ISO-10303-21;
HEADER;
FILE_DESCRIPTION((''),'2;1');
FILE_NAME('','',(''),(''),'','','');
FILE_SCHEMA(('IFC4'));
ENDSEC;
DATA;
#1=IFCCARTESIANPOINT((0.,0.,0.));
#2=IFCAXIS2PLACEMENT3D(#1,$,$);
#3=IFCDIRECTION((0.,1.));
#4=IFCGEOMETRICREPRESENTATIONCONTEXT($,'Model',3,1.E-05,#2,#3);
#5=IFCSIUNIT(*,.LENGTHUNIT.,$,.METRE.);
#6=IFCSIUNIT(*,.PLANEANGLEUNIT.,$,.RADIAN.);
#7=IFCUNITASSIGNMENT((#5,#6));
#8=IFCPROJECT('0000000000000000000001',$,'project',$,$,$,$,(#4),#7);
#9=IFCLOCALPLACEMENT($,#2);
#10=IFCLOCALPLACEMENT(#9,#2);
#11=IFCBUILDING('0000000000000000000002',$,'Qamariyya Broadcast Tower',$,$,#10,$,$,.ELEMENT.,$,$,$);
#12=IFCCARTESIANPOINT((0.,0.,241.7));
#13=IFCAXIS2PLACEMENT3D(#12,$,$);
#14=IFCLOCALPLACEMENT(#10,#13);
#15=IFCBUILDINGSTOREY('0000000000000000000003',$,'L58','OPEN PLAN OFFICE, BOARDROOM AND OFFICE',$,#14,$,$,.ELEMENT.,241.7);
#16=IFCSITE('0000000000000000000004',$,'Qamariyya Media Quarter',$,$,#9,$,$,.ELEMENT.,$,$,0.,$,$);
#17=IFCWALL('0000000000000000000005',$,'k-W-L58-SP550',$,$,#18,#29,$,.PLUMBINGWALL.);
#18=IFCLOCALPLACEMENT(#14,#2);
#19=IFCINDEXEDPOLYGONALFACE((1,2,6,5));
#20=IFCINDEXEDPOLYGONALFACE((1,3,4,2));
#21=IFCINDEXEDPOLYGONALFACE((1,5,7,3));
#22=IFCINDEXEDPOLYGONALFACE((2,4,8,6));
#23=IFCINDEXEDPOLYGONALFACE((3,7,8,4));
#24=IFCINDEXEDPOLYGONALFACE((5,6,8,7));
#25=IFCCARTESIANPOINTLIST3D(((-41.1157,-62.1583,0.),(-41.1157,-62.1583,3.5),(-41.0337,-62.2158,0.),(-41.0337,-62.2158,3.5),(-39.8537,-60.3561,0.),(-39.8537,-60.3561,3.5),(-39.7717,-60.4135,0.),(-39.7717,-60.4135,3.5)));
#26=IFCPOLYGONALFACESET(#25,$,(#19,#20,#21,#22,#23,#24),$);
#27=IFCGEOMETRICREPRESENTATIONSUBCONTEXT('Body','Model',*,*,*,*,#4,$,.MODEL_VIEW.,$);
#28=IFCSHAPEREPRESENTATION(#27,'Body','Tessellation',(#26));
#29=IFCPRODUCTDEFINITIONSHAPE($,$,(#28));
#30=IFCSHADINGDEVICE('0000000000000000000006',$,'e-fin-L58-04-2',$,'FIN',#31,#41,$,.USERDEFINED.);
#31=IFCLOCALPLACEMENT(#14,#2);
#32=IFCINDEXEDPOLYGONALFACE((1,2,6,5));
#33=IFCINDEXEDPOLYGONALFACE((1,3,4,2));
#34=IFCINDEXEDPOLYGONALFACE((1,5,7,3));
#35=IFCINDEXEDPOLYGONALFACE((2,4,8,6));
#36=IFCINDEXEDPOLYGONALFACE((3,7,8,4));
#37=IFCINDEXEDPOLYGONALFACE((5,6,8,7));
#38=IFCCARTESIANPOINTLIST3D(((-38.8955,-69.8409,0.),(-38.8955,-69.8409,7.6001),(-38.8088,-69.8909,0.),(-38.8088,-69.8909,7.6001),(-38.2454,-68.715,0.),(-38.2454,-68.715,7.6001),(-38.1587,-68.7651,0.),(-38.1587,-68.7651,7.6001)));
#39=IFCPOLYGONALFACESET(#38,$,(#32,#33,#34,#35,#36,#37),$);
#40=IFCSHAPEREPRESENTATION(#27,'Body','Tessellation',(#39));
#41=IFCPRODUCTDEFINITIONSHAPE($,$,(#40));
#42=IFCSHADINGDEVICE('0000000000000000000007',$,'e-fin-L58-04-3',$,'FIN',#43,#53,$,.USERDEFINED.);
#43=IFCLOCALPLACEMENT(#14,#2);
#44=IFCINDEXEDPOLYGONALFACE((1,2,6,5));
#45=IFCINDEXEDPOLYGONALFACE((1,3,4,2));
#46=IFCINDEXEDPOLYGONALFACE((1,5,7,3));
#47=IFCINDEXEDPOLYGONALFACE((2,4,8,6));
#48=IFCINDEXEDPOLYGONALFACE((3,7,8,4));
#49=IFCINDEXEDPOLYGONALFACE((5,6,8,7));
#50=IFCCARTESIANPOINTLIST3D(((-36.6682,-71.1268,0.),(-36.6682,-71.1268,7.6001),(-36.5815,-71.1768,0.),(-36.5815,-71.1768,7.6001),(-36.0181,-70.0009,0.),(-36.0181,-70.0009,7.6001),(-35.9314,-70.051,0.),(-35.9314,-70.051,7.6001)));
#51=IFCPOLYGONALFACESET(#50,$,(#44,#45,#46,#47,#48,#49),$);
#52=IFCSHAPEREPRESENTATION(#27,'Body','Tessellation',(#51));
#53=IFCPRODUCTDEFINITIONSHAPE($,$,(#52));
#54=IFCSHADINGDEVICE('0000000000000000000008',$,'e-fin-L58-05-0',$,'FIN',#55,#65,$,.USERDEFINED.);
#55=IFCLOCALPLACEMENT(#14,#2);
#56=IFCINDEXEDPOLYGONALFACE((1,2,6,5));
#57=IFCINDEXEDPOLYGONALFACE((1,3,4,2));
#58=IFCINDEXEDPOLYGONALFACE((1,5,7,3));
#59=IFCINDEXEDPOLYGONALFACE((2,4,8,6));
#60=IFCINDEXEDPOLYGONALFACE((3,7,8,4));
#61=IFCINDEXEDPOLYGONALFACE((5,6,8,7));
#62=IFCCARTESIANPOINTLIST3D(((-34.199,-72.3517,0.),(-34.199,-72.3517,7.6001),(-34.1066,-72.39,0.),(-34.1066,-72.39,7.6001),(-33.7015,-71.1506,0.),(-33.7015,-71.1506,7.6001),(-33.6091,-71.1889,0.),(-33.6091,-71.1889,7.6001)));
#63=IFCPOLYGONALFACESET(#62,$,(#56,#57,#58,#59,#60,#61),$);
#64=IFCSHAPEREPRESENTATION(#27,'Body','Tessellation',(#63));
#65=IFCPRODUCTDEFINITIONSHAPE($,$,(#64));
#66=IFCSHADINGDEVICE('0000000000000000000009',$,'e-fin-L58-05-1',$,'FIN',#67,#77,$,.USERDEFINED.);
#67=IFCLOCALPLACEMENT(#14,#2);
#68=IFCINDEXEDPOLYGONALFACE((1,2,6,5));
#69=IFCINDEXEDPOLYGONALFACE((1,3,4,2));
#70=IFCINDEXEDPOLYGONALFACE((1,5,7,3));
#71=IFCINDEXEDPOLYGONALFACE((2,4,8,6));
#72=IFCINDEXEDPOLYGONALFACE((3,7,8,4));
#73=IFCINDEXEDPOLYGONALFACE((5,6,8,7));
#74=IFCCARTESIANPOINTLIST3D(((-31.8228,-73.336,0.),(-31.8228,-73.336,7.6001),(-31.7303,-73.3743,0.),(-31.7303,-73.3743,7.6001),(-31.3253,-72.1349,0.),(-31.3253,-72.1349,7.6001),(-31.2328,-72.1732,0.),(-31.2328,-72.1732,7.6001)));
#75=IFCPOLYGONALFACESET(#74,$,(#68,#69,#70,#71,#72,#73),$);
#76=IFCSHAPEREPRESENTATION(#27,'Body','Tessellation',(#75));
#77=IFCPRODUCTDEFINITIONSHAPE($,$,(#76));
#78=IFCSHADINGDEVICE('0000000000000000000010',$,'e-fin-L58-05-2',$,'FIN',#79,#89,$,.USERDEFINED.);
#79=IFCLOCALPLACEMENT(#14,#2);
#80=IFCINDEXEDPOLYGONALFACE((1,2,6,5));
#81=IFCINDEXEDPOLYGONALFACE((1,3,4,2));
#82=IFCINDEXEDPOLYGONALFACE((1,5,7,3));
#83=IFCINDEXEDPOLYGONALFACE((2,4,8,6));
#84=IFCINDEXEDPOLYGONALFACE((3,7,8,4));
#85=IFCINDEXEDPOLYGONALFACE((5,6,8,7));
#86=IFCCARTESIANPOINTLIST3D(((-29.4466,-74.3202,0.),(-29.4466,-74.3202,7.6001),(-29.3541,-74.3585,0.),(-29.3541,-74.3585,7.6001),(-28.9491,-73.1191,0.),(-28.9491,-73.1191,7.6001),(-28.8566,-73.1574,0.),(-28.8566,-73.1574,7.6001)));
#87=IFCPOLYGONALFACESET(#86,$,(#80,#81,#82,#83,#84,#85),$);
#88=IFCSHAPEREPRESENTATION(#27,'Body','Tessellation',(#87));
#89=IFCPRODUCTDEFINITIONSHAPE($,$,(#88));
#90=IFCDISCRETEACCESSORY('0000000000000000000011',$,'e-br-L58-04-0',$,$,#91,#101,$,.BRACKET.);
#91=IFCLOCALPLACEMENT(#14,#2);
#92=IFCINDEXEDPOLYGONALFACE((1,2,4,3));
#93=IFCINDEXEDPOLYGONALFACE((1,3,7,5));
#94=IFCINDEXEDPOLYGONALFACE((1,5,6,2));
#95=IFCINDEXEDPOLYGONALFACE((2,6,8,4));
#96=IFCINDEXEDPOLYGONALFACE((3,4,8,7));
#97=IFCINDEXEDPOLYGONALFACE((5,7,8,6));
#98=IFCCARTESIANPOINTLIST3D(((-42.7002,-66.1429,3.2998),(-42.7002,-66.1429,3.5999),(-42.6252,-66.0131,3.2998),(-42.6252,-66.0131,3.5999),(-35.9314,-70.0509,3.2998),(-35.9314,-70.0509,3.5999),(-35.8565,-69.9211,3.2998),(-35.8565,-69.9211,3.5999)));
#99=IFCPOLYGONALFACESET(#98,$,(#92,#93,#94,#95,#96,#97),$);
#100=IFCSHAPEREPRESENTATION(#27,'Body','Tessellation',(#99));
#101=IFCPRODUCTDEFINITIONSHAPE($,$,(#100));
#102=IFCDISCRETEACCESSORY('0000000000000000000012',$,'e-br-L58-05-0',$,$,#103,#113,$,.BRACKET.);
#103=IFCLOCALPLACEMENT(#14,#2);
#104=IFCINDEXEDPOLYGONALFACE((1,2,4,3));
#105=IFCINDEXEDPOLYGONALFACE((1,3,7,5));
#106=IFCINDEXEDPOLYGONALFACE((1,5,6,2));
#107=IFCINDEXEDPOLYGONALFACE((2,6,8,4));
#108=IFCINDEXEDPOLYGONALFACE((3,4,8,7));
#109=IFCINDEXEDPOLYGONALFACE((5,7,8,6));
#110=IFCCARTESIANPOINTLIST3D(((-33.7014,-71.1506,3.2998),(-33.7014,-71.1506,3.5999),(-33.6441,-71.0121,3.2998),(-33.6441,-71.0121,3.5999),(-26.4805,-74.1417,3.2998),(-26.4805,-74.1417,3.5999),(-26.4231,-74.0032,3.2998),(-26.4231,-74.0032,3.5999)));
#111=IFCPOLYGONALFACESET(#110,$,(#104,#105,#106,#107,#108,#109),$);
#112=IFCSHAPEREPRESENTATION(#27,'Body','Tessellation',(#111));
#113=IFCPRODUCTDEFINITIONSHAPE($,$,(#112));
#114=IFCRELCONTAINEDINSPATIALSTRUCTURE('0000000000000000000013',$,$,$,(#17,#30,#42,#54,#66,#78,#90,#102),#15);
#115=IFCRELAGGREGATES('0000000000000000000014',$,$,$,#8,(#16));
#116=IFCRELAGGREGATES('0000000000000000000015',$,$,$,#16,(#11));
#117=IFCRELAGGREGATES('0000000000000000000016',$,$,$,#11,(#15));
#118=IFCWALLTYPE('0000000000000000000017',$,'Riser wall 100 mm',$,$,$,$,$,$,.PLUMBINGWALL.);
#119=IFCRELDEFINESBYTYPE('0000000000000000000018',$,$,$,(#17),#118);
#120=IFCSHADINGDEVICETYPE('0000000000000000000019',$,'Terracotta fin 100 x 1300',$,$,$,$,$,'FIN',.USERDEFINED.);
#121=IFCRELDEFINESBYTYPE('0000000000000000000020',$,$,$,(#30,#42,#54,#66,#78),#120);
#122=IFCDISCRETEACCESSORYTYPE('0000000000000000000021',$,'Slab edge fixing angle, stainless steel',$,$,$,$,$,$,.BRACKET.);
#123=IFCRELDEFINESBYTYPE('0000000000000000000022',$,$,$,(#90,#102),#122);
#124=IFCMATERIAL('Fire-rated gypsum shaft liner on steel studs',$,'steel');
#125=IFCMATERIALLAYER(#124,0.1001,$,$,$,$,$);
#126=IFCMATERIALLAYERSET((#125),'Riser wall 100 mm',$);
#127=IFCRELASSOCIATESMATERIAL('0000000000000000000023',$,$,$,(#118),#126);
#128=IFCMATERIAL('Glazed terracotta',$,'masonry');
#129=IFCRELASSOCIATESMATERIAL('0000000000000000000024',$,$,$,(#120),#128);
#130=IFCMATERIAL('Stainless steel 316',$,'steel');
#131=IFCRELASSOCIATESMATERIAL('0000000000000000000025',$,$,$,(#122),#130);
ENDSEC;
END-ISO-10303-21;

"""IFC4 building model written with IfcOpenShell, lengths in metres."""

from ifc_helpers import new_model, si_unit, direction, frame, frame_2d, origin, origin_2d, place, context, subcontext, project, spatial, rectangle, extrude, material, layer, layer_set, material_profile, profile_set, type_object, element, save


model = new_model("IFC4")

# Units and contexts
model_context = context("Model", 3, precision=1e-05, world=origin(), true_north=direction((0.0, 1.0)))
body_context = subcontext(model_context, "Body", "Model", "MODEL_VIEW")
ifc_project = project(units=[si_unit("LENGTHUNIT", "METRE"), si_unit("PLANEANGLEUNIT", "RADIAN")], contexts=[model_context])

# Site, building, storey
site_placement = place(None, origin())
site = spatial("IfcSite", under=ifc_project, at=site_placement, Name="Qamariyya Media Quarter", CompositionType="ELEMENT", RefElevation=0.0)
building_placement = place(site_placement, origin())
building = spatial("IfcBuilding", under=site, at=building_placement, Name="Qamariyya Broadcast Tower", CompositionType="ELEMENT")
storey_placement = place(building_placement, frame((0.0, 0.0, 241.7)))
storey = spatial("IfcBuildingStorey", under=building, at=storey_placement, Name="L58", Description="OPEN PLAN OFFICE, BOARDROOM AND OFFICE", CompositionType="ELEMENT", Elevation=241.7)

# Wall
ifc_material_1 = material(Name="Fire-rated gypsum shaft liner on steel studs", Category="steel")
ifc_layer_1 = layer(ifc_material_1, 0.1001)
ifc_layer_set_1 = layer_set([ifc_layer_1], Name="Riser wall 100 mm")
wall_type_1 = type_object("IfcWallType", Name="Riser wall 100 mm", PredefinedType="PLUMBINGWALL", material=ifc_layer_set_1)
wall_1_placement = place(storey_placement, frame((-39.8127, -60.3848, 0.0), z_axis=(0.0, 0.0, 1.0), x_axis=(-0.573581, -0.819149, 0.0)))
element("IfcWall", 1, at=wall_1_placement, inside=storey, type_object=wall_type_1, Name="k-W-L58-SP550", PredefinedType="PLUMBINGWALL", context=body_context, shape_type="SweptSolid", body=[
    extrude(rectangle(XDim=2.2002, YDim=0.1001, at=frame_2d((1.1001, 0.0))), origin(), (0.0, 0.0, 1.0), 3.5),
])

# Shading devices
ifc_material_2 = material(Name="Glazed terracotta", Category="masonry")
ifc_material_profile_1 = material_profile(ifc_material_2, rectangle(XDim=1.3, YDim=0.1001, at=origin_2d()))
ifc_profile_set_1 = profile_set([ifc_material_profile_1], Name="Glazed terracotta")
shading_device_type_1 = type_object("IfcShadingDeviceType", Name="Terracotta fin 100 x 1300", ElementType="FIN", PredefinedType="USERDEFINED", material=ifc_profile_set_1)
for number, where, z_axis, x_axis, name in (
    (2, (-38.5271, -69.303, 0.0), (0.0, 0.0, 1.0), (-0.5, -0.866025, 0.0), "e-fin-L58-04-2"),
    (3, (-36.2998, -70.5889, 0.0), (0.0, 0.0, 1.0), (-0.5, -0.866025, 0.0), "e-fin-L58-04-3"),
    (4, (-33.9041, -71.7703, 0.0), (0.0, 0.0, 1.0), (-0.382683, -0.92388, 0.0), "e-fin-L58-05-0"),
    (5, (-31.5278, -72.7546, 0.0), (0.0, 0.0, 1.0), (-0.382683, -0.92388, 0.0), "e-fin-L58-05-1"),
    (6, (-29.1516, -73.7388, 0.0), (0.0, 0.0, 1.0), (-0.382683, -0.92388, 0.0), "e-fin-L58-05-2"),
):
    element("IfcShadingDevice", number, at=place(storey_placement, frame(where, z_axis=z_axis, x_axis=x_axis)), inside=storey, type_object=shading_device_type_1, Name=name, ObjectType="FIN", PredefinedType="USERDEFINED", context=body_context, shape_type="SweptSolid", body=[
        extrude(rectangle(XDim=1.3, YDim=0.1001, at=origin_2d()), origin(), (0.0, 0.0, 1.0), 7.6001),
    ])

# Discrete accessories
ifc_material_3 = material(Name="Stainless steel 316", Category="steel")
discrete_accessory_type = type_object("IfcDiscreteAccessoryType", Name="Slab edge fixing angle, stainless steel", PredefinedType="BRACKET", material=ifc_material_3)
for number, where, z_axis, x_axis, name in (
    (7, (-39.2783, -68.032, 3.2998), (0.0, 0.0, 1.0), (0.866025, -0.5, 0.0), "e-br-L58-04-0"),
    (8, (-30.0623, -72.5769, 3.2998), (0.0, 0.0, 1.0), (0.92388, -0.382683, 0.0), "e-br-L58-05-0"),
):
    element("IfcDiscreteAccessory", number, at=place(storey_placement, frame(where, z_axis=z_axis, x_axis=x_axis)), inside=storey, type_object=discrete_accessory_type, Name=name, PredefinedType="BRACKET", context=body_context, shape_type="SweptSolid", body=[
        extrude(rectangle(XDim=7.8159, YDim=0.1499, at=origin_2d()), origin(), (0.0, 0.0, 1.0), 0.3),
    ])

save(model, "model.ifc")
